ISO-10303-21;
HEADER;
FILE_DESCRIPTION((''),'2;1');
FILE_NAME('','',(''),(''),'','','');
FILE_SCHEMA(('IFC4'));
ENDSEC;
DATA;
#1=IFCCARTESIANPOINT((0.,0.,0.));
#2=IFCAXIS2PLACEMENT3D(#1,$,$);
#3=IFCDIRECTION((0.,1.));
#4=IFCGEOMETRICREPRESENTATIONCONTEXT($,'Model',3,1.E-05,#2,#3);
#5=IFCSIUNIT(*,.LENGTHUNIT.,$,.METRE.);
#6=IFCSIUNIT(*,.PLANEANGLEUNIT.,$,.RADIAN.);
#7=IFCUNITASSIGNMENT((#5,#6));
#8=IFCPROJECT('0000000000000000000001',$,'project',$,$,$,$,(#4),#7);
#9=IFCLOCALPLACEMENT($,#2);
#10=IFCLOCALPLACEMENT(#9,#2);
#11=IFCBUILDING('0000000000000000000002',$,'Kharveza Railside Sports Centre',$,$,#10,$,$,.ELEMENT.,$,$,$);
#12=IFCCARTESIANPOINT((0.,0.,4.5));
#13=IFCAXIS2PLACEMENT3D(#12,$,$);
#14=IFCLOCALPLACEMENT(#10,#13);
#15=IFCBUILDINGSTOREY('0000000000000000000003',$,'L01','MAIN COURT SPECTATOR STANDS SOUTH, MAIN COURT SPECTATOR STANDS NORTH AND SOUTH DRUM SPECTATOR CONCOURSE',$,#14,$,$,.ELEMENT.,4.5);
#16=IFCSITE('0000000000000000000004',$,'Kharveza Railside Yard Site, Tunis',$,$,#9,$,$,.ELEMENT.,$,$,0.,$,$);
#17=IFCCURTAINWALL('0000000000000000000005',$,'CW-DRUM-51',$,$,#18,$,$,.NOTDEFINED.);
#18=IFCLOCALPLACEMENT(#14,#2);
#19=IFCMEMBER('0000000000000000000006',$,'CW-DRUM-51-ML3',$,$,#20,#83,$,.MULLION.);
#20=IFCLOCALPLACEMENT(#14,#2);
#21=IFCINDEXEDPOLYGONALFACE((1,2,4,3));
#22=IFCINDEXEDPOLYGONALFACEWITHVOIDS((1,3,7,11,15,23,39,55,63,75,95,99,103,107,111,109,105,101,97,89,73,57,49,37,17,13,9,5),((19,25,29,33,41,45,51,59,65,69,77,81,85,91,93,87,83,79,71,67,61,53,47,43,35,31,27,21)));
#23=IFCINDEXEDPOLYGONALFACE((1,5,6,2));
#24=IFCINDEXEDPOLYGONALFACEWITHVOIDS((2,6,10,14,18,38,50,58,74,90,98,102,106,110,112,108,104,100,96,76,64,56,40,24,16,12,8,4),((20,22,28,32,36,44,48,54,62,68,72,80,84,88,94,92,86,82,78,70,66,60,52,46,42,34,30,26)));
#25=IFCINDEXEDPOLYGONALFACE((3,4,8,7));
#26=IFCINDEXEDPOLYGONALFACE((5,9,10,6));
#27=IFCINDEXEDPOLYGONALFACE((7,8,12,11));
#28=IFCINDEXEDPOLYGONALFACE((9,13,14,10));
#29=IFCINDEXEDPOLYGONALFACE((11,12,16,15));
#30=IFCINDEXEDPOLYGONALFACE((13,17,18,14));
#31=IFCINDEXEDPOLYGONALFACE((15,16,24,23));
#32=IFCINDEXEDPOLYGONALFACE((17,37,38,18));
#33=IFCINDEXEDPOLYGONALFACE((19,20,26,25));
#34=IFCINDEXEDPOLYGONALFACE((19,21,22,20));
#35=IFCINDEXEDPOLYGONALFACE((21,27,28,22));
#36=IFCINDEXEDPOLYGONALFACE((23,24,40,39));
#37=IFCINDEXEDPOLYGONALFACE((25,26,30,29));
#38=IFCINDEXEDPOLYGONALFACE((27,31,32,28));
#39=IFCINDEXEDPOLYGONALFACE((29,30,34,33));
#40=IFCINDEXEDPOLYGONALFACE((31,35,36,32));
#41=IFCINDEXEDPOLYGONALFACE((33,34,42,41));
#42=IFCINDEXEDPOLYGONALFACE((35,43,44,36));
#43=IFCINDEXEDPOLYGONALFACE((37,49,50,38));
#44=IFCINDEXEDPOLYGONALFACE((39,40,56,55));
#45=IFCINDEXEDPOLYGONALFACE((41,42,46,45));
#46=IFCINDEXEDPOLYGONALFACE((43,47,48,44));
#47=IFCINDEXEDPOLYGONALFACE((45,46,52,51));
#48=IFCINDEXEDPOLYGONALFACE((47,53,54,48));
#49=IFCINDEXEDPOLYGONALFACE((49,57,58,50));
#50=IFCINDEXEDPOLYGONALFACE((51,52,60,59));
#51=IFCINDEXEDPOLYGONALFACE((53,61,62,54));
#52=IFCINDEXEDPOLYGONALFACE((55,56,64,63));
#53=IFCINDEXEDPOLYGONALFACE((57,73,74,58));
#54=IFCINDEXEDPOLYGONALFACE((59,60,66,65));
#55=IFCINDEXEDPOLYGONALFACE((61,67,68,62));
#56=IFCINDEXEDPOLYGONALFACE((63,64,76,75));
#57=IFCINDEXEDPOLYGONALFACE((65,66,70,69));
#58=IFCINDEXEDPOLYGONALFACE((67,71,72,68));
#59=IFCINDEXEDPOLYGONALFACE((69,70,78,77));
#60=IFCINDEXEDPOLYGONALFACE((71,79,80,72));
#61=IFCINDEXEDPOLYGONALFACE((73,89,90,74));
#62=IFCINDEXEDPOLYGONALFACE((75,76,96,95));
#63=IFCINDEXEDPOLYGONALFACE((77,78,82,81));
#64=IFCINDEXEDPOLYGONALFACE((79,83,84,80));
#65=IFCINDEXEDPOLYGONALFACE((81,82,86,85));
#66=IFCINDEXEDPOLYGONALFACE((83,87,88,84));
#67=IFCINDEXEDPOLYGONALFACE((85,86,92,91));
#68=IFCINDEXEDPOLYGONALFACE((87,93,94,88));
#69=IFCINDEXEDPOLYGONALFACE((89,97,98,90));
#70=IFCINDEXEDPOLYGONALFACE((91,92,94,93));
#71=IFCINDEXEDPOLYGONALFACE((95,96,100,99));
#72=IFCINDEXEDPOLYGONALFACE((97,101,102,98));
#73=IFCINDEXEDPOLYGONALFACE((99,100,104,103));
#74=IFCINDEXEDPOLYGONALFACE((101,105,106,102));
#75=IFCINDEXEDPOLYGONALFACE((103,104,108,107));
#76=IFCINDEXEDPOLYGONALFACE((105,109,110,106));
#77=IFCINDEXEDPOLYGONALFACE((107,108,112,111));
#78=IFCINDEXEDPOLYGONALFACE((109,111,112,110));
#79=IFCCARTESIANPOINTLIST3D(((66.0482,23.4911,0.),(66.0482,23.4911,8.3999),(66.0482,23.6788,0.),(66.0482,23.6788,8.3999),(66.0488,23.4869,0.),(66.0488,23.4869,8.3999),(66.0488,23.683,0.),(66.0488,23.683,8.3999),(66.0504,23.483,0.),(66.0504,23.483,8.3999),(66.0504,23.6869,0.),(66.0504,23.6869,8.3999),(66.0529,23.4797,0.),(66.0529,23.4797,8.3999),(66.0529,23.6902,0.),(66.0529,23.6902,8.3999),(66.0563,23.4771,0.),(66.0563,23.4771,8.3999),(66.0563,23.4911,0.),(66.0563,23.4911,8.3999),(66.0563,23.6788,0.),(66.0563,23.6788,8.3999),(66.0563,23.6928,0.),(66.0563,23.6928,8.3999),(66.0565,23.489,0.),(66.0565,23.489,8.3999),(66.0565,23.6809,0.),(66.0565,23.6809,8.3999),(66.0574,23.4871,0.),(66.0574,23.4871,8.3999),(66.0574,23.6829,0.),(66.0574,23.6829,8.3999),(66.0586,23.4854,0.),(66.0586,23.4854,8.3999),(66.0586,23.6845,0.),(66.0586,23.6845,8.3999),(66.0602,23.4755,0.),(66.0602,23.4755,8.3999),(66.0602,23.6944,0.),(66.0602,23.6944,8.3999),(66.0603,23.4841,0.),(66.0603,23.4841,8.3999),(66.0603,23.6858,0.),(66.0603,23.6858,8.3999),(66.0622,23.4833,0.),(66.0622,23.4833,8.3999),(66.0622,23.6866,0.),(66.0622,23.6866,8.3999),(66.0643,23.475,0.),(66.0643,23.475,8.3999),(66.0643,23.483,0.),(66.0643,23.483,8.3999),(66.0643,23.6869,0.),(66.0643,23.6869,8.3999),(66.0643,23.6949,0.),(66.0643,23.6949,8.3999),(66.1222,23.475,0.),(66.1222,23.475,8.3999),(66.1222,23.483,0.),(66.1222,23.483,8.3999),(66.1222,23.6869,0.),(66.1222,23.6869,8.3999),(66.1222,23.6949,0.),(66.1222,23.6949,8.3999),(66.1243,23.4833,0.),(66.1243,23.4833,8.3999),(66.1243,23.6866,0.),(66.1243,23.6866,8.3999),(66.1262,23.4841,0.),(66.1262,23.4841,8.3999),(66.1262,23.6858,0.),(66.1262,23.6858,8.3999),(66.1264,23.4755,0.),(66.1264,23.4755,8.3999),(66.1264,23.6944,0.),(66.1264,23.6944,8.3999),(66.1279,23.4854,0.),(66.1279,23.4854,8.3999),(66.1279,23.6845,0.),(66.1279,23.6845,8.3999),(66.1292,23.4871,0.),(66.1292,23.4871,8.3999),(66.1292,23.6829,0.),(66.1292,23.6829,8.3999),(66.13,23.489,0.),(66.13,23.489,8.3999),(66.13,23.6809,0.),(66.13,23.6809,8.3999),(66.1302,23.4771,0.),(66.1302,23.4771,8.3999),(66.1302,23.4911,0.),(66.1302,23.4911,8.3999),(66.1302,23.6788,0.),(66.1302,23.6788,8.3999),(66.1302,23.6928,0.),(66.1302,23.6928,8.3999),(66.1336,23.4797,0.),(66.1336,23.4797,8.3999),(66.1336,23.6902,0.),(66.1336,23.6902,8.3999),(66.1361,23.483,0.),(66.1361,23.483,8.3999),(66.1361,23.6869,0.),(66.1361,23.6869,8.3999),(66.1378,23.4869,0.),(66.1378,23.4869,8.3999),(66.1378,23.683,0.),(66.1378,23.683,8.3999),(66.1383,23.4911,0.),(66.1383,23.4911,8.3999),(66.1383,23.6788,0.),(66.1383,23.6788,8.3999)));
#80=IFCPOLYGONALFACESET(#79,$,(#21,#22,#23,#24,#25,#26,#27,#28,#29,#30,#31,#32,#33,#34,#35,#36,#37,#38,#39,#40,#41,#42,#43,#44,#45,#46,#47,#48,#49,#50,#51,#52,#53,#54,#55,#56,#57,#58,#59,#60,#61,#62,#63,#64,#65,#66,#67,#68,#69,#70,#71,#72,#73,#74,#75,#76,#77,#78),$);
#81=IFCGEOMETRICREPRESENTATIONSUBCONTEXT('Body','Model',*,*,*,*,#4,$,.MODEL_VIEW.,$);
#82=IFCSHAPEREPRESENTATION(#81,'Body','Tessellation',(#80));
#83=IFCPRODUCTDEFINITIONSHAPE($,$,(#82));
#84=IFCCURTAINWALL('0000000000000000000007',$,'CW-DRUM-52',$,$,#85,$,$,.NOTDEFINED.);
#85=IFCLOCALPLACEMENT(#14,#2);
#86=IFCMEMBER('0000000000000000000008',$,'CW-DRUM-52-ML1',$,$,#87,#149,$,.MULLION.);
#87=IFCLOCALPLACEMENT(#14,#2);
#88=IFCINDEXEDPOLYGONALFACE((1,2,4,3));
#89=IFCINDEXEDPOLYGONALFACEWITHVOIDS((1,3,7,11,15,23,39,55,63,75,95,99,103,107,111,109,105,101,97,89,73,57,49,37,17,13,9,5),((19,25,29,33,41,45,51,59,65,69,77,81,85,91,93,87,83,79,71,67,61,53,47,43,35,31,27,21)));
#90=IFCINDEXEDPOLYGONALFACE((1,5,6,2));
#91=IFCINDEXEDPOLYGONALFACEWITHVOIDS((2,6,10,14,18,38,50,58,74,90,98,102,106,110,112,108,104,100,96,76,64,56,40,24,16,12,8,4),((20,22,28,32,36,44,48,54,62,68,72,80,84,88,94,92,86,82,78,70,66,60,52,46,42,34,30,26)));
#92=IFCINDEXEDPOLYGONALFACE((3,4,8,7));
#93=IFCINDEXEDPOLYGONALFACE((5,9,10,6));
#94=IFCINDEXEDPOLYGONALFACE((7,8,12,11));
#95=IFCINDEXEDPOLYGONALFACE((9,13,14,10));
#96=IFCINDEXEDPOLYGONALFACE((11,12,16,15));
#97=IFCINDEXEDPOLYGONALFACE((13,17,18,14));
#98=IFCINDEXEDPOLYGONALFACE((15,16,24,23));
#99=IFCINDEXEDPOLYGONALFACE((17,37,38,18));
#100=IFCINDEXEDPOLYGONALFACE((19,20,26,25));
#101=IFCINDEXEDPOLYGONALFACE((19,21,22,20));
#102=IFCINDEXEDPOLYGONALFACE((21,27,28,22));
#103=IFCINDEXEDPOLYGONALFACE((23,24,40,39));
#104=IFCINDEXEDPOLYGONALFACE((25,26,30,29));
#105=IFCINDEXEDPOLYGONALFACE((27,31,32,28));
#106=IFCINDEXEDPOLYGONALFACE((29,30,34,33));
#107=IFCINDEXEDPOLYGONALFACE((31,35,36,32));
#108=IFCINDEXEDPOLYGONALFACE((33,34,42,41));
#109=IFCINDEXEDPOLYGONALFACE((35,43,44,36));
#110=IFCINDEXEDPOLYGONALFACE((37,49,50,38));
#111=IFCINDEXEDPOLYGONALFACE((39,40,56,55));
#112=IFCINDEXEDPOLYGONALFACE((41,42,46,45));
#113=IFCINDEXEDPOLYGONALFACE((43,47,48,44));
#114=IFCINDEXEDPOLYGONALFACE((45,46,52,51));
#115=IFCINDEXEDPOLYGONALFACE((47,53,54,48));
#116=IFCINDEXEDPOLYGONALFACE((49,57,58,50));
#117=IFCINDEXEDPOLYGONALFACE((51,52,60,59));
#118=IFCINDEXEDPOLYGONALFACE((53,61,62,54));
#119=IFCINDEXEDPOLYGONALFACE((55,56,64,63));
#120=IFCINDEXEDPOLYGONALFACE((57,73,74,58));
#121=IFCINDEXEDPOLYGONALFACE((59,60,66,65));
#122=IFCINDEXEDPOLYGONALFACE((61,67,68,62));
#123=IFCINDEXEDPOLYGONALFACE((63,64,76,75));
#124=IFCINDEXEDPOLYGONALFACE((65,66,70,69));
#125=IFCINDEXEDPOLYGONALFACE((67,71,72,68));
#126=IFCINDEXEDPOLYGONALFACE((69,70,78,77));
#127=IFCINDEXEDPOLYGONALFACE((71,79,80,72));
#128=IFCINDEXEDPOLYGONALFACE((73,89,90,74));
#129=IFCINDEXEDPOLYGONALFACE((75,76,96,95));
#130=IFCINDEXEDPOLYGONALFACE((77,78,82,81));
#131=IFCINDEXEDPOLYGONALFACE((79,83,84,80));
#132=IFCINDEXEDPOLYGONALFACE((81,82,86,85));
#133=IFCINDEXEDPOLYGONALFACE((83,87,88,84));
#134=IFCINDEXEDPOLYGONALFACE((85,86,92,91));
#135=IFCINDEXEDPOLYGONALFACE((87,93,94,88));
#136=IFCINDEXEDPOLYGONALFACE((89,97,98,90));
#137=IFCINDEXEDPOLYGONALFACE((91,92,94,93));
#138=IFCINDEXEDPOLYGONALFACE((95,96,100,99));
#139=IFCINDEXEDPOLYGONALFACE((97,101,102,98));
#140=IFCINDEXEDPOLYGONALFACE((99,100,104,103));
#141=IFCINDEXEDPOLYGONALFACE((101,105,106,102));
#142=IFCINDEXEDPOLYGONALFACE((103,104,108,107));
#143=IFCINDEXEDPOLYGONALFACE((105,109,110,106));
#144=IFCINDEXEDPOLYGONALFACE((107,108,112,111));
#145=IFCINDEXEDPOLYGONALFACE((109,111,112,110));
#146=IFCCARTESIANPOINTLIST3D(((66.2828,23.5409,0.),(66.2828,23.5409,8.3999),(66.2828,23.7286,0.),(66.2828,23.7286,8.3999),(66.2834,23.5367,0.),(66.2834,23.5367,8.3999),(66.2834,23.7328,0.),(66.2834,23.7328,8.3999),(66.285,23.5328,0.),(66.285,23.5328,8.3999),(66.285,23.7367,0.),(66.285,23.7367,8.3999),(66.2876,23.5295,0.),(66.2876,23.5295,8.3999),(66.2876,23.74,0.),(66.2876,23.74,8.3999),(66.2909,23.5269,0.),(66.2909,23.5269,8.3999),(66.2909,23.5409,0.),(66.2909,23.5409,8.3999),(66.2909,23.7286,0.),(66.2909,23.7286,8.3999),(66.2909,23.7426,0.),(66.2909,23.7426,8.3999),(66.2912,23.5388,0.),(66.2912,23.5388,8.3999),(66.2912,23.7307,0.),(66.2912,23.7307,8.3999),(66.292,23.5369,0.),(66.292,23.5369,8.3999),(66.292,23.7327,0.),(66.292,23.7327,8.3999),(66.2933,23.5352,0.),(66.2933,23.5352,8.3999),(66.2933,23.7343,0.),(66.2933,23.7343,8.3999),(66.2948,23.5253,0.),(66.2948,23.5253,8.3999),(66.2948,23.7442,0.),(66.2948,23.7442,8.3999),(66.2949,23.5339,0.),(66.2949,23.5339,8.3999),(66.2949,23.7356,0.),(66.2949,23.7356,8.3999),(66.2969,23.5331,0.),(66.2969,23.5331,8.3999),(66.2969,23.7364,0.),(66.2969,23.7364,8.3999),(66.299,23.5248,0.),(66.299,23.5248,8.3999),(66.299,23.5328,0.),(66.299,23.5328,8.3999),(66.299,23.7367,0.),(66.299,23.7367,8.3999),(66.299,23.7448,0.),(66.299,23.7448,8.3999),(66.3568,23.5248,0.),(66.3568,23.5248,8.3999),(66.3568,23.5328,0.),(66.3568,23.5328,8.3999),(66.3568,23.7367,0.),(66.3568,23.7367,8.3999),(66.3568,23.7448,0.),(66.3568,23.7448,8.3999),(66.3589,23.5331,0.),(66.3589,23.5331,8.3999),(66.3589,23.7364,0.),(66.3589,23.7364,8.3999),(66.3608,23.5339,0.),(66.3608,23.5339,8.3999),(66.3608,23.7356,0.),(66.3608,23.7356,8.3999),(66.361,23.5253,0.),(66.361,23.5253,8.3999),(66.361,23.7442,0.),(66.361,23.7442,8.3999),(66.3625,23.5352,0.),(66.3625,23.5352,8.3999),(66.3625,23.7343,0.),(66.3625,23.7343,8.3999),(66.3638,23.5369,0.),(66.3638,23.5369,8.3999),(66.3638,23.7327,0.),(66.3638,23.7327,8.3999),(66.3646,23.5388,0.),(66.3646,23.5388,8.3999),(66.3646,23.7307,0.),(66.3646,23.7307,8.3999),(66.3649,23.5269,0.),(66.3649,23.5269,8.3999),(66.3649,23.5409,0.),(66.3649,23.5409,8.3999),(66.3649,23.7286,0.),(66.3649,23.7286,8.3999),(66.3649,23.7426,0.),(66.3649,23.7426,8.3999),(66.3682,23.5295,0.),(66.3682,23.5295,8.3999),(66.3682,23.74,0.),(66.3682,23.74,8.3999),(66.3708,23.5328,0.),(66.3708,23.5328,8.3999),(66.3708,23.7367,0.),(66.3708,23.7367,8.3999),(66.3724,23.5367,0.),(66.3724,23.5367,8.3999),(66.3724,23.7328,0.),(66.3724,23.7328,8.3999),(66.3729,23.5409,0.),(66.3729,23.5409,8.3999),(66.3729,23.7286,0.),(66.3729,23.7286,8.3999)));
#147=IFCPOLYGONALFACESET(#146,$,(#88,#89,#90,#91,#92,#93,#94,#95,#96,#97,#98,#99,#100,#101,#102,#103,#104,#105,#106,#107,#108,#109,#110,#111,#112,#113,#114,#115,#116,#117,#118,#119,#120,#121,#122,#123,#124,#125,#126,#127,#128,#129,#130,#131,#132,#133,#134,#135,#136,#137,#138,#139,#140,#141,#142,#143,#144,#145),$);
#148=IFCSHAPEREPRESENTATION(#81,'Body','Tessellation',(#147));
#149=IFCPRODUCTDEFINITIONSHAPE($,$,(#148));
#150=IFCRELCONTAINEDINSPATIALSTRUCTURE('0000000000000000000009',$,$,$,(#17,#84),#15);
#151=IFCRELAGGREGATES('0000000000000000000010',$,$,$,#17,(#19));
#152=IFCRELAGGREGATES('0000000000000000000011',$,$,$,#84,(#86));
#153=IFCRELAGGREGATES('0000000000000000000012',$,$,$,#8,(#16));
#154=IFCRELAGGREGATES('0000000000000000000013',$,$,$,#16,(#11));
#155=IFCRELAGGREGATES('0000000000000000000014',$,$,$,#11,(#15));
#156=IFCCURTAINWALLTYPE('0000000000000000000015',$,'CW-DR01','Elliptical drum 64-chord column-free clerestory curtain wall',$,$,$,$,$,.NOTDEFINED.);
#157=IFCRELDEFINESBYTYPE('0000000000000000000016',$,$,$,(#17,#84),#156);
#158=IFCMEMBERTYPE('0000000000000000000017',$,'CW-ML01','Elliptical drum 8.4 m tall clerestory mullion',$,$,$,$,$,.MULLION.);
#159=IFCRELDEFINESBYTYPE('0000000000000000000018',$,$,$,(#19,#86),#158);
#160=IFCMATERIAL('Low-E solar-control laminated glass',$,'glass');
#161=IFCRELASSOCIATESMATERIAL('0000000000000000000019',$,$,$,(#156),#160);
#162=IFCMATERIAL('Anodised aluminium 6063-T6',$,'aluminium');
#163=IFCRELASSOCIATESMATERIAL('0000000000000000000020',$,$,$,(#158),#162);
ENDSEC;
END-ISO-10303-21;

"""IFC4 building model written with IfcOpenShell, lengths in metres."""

from ifc_helpers import new_model, si_unit, direction, frame, origin, origin_2d, place, context, subcontext, project, spatial, hollow_rectangle, extrude, material, material_profile, profile_set, type_object, element, aggregate, save


model = new_model("IFC4")

# Units and contexts
model_context = context("Model", 3, precision=1e-05, world=origin(), true_north=direction((0.0, 1.0)))
body_context = subcontext(model_context, "Body", "Model", "MODEL_VIEW")
ifc_project = project(units=[si_unit("LENGTHUNIT", "METRE"), si_unit("PLANEANGLEUNIT", "RADIAN")], contexts=[model_context])

# Site, building, storey
site_placement = place(None, origin())
site = spatial("IfcSite", under=ifc_project, at=site_placement, Name="Kharveza Railside Yard Site, Tunis", CompositionType="ELEMENT", RefElevation=0.0)
building_placement = place(site_placement, origin())
building = spatial("IfcBuilding", under=site, at=building_placement, Name="Kharveza Railside Sports Centre", CompositionType="ELEMENT")
storey_placement = place(building_placement, frame((0.0, 0.0, 4.5)))
storey = spatial("IfcBuildingStorey", under=building, at=storey_placement, Name="L01", Description="MAIN COURT SPECTATOR STANDS SOUTH, MAIN COURT SPECTATOR STANDS NORTH AND SOUTH DRUM SPECTATOR CONCOURSE", CompositionType="ELEMENT", Elevation=4.5)

# Curtain walls, members
ifc_material_1 = material(Name="Low-E solar-control laminated glass", Category="glass")
curtain_wall_type = type_object("IfcCurtainWallType", Name="CW-DR01", Description="Elliptical drum 64-chord column-free clerestory curtain wall", PredefinedType="NOTDEFINED", material=ifc_material_1)
curtain_wall_1_placement = place(storey_placement, origin())
curtain_wall_1 = element("IfcCurtainWall", 1, at=curtain_wall_1_placement, inside=storey, type_object=curtain_wall_type, Name="CW-DRUM-51", PredefinedType="NOTDEFINED")
ifc_material_2 = material(Name="Anodised aluminium 6063-T6", Category="aluminium")
ifc_material_profile_1 = material_profile(ifc_material_2, hollow_rectangle(XDim=0.0901, YDim=0.22, WallThickness=0.0081, InnerFilletRadius=0.0081, OuterFilletRadius=0.0161, at=origin_2d()), Name="RHS 90x220x8.0")
ifc_profile_set_1 = profile_set([ifc_material_profile_1], Name="Anodised aluminium 6063-T6")
member_type_1 = type_object("IfcMemberType", Name="CW-ML01", Description="Elliptical drum 8.4 m tall clerestory mullion", PredefinedType="MULLION", material=ifc_profile_set_1)
member_1_placement = place(storey_placement, frame((66.0933, 23.585, 0.0), z_axis=(0.0, 0.0, 1.0), x_axis=(1.0, 0.0, 0.0)))
member_1 = element("IfcMember", 2, at=member_1_placement, type_object=member_type_1, Name="CW-DRUM-51-ML3", PredefinedType="MULLION", context=body_context, shape_type="SweptSolid", body=[
    extrude(hollow_rectangle(XDim=0.0901, YDim=0.22, WallThickness=0.0081, InnerFilletRadius=0.0081, OuterFilletRadius=0.0161, at=origin_2d()), origin(), (0.0, 0.0, 1.0), 8.3999),
])
curtain_wall_2_placement = place(storey_placement, origin())
curtain_wall_2 = element("IfcCurtainWall", 3, at=curtain_wall_2_placement, inside=storey, type_object=curtain_wall_type, Name="CW-DRUM-52", PredefinedType="NOTDEFINED")
member_2_placement = place(storey_placement, frame((66.3279, 23.6348, 0.0), z_axis=(0.0, 0.0, 1.0), x_axis=(1.0, 0.0, 0.0)))
member_2 = element("IfcMember", 4, at=member_2_placement, type_object=member_type_1, Name="CW-DRUM-52-ML1", PredefinedType="MULLION", context=body_context, shape_type="SweptSolid", body=[
    extrude(hollow_rectangle(XDim=0.0901, YDim=0.22, WallThickness=0.0081, InnerFilletRadius=0.0081, OuterFilletRadius=0.0161, at=origin_2d()), origin(), (0.0, 0.0, 1.0), 8.3999),
])

aggregate(curtain_wall_1, [member_1])
aggregate(curtain_wall_2, [member_2])

save(model, "model.ifc")
